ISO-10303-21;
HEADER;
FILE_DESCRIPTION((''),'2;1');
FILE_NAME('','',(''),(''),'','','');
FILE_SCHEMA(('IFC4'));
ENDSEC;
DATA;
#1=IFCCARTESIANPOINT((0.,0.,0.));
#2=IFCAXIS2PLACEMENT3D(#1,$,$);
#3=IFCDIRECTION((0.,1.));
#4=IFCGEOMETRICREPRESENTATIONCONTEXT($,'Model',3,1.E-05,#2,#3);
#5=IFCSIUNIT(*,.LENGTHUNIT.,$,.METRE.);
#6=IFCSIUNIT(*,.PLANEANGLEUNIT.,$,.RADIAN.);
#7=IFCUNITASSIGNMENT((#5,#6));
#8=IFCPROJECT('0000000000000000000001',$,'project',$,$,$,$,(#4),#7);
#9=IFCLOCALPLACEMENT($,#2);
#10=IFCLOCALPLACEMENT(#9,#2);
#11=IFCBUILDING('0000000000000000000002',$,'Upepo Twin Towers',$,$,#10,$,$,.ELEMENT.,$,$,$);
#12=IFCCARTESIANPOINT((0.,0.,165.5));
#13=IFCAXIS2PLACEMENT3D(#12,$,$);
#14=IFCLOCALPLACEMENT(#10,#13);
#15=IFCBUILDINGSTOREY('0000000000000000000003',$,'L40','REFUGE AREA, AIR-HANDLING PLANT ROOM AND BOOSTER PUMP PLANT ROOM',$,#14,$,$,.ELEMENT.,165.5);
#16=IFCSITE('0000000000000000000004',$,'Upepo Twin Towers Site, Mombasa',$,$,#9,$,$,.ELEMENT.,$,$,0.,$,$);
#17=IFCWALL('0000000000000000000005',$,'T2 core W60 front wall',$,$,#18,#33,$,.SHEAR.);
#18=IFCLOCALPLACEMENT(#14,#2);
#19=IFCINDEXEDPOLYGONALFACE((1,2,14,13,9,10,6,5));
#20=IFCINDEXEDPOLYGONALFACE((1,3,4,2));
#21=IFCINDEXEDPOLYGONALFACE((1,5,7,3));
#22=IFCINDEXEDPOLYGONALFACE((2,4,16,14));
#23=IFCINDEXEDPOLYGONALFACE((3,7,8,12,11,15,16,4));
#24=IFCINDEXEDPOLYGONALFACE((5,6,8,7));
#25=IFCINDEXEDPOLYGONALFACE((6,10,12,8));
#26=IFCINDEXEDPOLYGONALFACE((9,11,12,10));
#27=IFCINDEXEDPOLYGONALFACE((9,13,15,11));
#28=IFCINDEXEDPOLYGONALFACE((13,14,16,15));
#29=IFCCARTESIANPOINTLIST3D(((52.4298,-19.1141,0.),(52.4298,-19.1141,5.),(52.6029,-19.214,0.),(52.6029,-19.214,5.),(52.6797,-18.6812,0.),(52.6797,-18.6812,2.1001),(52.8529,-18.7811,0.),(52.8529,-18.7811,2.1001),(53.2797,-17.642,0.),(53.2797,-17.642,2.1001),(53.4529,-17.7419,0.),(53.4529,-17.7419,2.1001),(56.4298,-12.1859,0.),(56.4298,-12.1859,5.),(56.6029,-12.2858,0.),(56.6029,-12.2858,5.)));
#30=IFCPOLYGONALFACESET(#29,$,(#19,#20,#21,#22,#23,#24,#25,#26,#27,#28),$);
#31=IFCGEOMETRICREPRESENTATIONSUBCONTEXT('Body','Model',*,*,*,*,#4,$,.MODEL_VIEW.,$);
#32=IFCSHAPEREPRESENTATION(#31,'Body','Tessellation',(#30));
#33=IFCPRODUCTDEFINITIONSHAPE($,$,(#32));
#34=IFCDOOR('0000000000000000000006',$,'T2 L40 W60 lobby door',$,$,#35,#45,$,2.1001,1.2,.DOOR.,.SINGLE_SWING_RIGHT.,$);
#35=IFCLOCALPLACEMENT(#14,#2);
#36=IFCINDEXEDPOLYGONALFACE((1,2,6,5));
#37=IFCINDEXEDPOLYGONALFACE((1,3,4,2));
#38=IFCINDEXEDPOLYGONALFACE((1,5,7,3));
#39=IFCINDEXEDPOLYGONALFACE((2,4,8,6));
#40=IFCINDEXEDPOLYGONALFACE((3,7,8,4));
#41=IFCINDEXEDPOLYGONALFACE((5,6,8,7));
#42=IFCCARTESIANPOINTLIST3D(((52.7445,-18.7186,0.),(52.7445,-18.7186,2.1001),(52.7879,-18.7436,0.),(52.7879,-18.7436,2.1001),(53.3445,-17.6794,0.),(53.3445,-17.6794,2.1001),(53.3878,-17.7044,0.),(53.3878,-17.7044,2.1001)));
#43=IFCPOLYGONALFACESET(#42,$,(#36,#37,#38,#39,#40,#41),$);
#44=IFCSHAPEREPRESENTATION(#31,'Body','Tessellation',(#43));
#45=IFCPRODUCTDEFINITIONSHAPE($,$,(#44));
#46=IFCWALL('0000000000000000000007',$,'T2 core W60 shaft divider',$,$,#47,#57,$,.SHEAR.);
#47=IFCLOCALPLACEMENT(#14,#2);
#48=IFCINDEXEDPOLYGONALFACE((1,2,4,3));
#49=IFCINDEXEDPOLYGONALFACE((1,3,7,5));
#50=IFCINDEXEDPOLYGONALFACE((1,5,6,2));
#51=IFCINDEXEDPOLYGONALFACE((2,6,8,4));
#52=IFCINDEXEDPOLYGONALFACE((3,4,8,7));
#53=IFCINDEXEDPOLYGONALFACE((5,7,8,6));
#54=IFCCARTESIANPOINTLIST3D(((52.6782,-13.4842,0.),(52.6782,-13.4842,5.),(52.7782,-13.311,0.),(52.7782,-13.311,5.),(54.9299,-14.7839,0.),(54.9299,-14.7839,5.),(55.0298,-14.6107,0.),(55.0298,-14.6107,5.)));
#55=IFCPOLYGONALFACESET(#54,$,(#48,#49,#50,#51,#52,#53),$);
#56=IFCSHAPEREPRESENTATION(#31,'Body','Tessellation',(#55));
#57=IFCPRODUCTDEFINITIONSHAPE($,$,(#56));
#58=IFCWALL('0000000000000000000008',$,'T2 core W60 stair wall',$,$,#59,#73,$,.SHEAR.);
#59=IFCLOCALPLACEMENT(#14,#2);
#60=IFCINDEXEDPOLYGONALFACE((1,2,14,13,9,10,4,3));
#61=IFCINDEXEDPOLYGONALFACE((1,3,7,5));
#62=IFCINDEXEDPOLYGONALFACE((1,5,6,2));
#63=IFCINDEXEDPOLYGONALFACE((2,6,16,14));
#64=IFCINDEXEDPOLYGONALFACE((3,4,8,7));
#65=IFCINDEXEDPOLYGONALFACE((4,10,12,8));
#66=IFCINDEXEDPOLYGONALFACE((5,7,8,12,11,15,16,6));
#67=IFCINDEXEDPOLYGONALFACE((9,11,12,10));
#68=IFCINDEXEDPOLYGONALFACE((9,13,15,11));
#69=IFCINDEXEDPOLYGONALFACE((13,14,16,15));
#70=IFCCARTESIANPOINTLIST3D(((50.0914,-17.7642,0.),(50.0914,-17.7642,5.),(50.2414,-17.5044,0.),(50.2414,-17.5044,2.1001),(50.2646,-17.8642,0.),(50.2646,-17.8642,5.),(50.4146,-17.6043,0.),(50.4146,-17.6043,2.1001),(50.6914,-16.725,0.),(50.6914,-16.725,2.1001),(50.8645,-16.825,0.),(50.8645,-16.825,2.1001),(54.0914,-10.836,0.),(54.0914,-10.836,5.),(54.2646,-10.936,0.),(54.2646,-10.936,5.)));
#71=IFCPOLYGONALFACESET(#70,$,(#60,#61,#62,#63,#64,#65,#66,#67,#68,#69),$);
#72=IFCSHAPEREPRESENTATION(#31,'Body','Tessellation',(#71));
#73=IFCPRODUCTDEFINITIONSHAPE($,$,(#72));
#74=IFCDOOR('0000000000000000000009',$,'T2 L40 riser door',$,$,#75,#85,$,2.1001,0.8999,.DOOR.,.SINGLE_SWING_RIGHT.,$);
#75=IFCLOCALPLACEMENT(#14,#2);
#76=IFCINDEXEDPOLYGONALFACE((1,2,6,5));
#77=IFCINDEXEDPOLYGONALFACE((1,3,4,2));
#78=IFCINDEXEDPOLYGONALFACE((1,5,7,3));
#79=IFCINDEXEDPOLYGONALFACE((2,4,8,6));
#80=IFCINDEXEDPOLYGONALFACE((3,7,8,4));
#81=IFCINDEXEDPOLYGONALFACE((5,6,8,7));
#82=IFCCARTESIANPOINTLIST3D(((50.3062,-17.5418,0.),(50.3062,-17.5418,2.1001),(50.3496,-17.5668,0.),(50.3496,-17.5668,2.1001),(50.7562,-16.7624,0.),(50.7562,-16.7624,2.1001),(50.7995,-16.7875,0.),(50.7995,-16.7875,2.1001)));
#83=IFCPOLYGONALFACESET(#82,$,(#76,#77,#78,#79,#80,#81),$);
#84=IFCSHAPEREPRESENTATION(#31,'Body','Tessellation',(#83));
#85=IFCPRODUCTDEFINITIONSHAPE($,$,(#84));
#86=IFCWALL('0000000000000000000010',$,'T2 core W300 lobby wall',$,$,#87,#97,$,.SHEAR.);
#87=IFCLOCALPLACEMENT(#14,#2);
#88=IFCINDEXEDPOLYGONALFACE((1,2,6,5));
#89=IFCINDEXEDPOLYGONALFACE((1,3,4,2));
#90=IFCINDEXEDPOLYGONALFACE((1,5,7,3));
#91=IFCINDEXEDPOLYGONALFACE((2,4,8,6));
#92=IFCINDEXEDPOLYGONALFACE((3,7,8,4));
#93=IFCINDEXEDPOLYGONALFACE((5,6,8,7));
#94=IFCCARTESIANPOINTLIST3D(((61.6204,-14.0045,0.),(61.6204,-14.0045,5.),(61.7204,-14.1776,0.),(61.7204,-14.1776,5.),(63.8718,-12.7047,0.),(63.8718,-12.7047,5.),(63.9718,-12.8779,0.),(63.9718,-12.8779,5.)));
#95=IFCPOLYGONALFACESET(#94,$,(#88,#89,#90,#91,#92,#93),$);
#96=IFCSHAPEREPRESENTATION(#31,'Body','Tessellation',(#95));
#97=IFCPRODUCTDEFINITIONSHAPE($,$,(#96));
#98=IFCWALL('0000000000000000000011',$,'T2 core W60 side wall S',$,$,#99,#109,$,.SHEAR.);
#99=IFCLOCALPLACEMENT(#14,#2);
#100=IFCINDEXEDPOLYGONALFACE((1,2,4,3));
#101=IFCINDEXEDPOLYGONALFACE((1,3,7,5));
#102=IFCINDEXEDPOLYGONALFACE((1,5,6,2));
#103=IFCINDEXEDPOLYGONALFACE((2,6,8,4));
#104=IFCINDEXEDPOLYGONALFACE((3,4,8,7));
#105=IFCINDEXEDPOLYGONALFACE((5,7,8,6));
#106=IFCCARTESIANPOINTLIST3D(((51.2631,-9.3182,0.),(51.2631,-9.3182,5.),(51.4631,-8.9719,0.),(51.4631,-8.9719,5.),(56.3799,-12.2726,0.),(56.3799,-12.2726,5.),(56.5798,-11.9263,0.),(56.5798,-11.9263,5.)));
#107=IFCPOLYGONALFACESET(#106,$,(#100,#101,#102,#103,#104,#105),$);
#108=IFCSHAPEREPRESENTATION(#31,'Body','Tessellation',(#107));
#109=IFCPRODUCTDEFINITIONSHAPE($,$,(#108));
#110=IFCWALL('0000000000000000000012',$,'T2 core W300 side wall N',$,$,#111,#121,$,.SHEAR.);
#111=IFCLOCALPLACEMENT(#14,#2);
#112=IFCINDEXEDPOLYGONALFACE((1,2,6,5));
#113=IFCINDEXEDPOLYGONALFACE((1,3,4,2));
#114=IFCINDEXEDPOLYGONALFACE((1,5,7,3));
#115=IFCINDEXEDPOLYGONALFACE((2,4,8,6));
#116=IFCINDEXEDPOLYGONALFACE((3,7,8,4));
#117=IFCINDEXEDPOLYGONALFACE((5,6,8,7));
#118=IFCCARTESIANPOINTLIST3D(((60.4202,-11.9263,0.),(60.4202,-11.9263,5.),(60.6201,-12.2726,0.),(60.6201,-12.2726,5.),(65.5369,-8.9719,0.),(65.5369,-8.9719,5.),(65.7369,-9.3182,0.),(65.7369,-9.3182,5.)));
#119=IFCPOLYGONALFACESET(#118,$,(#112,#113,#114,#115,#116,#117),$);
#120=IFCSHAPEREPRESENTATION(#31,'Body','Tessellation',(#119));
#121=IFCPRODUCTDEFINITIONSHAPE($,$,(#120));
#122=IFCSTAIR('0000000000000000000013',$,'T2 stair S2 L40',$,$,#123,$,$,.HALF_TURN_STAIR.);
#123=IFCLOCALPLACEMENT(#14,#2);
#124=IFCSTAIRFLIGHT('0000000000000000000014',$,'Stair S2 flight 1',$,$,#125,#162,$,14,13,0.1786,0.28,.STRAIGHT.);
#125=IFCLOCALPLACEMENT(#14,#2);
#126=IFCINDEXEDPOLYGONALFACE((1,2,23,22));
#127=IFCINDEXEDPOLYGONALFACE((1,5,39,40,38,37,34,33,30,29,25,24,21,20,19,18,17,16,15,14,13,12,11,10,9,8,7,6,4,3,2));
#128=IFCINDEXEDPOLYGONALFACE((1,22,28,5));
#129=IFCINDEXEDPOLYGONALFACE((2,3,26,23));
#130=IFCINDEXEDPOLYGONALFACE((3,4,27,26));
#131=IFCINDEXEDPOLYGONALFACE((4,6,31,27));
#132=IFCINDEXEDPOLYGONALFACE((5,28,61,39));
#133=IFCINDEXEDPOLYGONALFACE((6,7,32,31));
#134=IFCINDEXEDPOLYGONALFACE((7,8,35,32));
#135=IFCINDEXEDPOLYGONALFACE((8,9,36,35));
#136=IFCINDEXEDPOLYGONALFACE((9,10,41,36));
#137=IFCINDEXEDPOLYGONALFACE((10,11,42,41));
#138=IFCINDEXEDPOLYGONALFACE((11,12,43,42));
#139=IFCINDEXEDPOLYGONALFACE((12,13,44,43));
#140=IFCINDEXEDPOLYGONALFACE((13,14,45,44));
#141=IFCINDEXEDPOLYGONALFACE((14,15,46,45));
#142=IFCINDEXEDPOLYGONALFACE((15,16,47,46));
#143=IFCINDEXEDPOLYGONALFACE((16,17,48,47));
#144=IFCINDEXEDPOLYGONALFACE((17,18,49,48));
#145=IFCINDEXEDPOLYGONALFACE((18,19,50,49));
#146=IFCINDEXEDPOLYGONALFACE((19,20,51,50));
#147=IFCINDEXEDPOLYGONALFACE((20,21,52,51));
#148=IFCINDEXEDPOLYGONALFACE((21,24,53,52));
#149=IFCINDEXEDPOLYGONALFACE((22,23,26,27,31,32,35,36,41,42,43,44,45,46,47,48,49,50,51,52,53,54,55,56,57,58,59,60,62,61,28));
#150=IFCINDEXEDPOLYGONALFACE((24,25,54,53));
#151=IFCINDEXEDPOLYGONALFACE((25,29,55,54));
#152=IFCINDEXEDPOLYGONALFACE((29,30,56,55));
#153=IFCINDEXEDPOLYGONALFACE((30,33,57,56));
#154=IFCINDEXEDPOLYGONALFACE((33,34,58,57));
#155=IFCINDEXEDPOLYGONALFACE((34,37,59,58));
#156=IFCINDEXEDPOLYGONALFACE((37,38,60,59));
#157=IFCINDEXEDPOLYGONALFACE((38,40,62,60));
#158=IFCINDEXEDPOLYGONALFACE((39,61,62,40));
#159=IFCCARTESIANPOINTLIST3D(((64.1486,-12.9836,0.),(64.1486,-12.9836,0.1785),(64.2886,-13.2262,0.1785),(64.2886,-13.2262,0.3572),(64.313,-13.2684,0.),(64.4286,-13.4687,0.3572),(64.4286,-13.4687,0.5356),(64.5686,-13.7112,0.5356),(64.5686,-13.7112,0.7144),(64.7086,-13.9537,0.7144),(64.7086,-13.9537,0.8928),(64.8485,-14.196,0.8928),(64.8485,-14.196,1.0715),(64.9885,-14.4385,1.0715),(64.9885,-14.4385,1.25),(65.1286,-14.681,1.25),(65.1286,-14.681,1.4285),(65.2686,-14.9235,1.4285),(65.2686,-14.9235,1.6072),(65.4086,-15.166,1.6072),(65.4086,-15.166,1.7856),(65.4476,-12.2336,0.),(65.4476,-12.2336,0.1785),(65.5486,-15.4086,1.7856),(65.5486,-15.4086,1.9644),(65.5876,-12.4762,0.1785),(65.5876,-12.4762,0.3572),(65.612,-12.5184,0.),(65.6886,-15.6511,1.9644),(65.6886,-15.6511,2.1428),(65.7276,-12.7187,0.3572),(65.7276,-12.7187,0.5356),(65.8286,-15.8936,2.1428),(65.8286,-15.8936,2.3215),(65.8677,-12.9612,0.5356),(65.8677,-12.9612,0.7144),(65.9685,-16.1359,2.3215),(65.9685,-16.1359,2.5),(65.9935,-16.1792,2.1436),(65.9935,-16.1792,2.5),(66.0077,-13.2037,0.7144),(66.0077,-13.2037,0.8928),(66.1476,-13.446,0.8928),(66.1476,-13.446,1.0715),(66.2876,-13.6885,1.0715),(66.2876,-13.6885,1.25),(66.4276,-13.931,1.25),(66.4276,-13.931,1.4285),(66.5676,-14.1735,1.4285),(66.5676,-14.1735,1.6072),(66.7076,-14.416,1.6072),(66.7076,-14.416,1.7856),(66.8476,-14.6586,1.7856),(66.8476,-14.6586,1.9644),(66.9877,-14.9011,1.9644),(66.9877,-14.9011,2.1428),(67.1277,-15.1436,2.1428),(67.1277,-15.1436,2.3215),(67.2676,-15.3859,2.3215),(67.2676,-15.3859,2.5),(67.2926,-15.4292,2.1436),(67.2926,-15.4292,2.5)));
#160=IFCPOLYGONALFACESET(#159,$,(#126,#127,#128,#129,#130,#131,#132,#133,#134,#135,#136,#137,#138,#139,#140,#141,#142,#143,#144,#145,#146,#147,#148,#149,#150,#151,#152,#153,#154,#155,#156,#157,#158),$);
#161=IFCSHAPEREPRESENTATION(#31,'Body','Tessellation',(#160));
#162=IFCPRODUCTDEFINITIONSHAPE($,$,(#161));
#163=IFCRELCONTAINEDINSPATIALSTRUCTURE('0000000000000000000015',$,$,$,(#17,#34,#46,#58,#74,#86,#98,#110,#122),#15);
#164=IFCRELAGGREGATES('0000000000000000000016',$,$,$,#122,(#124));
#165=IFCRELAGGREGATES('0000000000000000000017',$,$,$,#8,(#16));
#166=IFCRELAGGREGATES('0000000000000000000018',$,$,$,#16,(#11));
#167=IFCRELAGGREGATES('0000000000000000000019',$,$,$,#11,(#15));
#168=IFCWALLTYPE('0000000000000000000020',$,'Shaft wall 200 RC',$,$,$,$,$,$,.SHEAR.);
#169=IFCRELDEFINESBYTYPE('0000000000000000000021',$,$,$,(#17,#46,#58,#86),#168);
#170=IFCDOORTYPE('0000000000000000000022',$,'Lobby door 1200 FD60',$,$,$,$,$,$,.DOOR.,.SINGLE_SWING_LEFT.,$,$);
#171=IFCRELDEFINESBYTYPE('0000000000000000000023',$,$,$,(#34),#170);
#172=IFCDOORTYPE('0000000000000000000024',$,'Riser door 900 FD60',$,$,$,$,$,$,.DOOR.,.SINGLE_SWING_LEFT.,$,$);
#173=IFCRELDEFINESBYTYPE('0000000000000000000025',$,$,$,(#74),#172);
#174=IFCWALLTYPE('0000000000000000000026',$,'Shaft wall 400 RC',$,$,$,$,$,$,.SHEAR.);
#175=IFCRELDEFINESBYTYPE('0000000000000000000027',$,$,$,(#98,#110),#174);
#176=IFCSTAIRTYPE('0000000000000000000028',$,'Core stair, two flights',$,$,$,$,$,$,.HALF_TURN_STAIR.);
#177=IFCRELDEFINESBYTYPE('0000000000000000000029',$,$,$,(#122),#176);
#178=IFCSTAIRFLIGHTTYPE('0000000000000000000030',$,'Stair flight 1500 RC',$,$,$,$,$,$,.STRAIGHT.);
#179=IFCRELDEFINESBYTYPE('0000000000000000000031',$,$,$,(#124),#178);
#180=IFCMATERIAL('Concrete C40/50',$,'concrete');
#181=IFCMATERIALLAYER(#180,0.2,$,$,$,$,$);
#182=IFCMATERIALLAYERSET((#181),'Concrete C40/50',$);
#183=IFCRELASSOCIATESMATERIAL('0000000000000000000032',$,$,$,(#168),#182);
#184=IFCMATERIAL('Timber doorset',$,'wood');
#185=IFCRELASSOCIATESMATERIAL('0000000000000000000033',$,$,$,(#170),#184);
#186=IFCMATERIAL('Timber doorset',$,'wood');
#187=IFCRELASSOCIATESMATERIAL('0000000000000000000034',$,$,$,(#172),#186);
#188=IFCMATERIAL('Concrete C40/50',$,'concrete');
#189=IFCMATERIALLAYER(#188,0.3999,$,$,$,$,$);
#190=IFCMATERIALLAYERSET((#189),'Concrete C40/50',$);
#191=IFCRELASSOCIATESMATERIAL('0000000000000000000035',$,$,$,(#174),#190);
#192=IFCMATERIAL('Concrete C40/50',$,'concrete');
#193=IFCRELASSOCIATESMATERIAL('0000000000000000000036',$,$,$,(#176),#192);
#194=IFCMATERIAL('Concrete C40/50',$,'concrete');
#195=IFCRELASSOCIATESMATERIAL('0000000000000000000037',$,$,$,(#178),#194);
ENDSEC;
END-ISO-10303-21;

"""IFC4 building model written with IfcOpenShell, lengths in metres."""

from ifc_helpers import new_model, si_unit, direction, frame, frame_2d, origin, place, context, subcontext, project, spatial, polyline, rectangle, outline, extrude, material, layer, layer_set, type_object, element, fill, aggregate, save


model = new_model("IFC4")

# Units and contexts
model_context = context("Model", 3, precision=1e-05, world=origin(), true_north=direction((0.0, 1.0)))
body_context = subcontext(model_context, "Body", "Model", "MODEL_VIEW")
ifc_project = project(units=[si_unit("LENGTHUNIT", "METRE"), si_unit("PLANEANGLEUNIT", "RADIAN")], contexts=[model_context])

# Site, building, storey
site_placement = place(None, origin())
site = spatial("IfcSite", under=ifc_project, at=site_placement, Name="Upepo Twin Towers Site, Mombasa", CompositionType="ELEMENT", RefElevation=0.0)
building_placement = place(site_placement, origin())
building = spatial("IfcBuilding", under=site, at=building_placement, Name="Upepo Twin Towers", CompositionType="ELEMENT")
storey_placement = place(building_placement, frame((0.0, 0.0, 165.5)))
storey = spatial("IfcBuildingStorey", under=building, at=storey_placement, Name="L40", Description="REFUGE AREA, AIR-HANDLING PLANT ROOM AND BOOSTER PUMP PLANT ROOM", CompositionType="ELEMENT", Elevation=165.5)

# Wall, opening, door
ifc_material_1 = material(Name="Concrete C40/50", Category="concrete")
ifc_layer_1 = layer(ifc_material_1, 0.2)
ifc_layer_set_1 = layer_set([ifc_layer_1], Name="Concrete C40/50")
wall_type_1 = type_object("IfcWallType", Name="Shaft wall 200 RC", PredefinedType="SHEAR", material=ifc_layer_set_1)
wall_1_placement = place(storey_placement, frame((56.5164, -12.2358, 0.0), z_axis=(0.0, 0.0, 1.0), x_axis=(-0.499999, -0.866026, 0.0)))
wall_1 = element("IfcWall", 1, at=wall_1_placement, inside=storey, type_object=wall_type_1, Name="T2 core W60 front wall", PredefinedType="SHEAR", context=body_context, shape_type="SweptSolid", body=[
    extrude(rectangle(XDim=8.0, YDim=0.2, at=frame_2d((4.0, 0.0))), origin(), (0.0, 0.0, 1.0), 5.0),
])
opening_1_placement = place(wall_1_placement, frame((6.3, 0.0, 0.0)))
opening_1 = element("IfcOpeningElement", 2, at=opening_1_placement, cuts=wall_1, PredefinedType="OPENING", context=body_context, shape_type="SweptSolid", body=[
    extrude(rectangle(XDim=1.2, YDim=2.1001, at=frame_2d((0.6001, 1.05))), frame((0.0, 0.1099, 0.0), z_axis=(0.0, -1.0, 0.0), x_axis=(1.0, 0.0, 0.0)), (0.0, 0.0, 1.0), 0.22),
])
ifc_material_2 = material(Name="Timber doorset", Category="wood")
door_type_1 = type_object("IfcDoorType", Name="Lobby door 1200 FD60", OperationType="SINGLE_SWING_LEFT", PredefinedType="DOOR", material=ifc_material_2)
door_1_placement = place(opening_1_placement, origin())
door_1 = element("IfcDoor", 3, at=door_1_placement, inside=storey, type_object=door_type_1, Name="T2 L40 W60 lobby door", OperationType="SINGLE_SWING_RIGHT", OverallHeight=2.1001, OverallWidth=1.2, PredefinedType="DOOR", context=body_context, shape_type="SweptSolid", body=[
    extrude(rectangle(XDim=1.2, YDim=2.1001, at=frame_2d((0.6001, 1.05))), frame((0.0, 0.0249, 0.0), z_axis=(0.0, -1.0, 0.0), x_axis=(1.0, 0.0, 0.0)), (0.0, 0.0, 1.0), 0.05),
])
fill(opening_1, door_1)

# Wall
wall_2_placement = place(storey_placement, frame((54.9797, -14.6973, 0.0), z_axis=(0.0, 0.0, 1.0), x_axis=(-0.866062, 0.499937, 0.0)))
element("IfcWall", 4, at=wall_2_placement, inside=storey, type_object=wall_type_1, Name="T2 core W60 shaft divider", PredefinedType="SHEAR", context=body_context, shape_type="SweptSolid", body=[
    extrude(rectangle(XDim=2.5999, YDim=0.2, at=frame_2d((1.2998, 0.0))), origin(), (0.0, 0.0, 1.0), 5.0),
])

# Wall, opening, door
wall_3_placement = place(storey_placement, frame((54.178, -10.886, 0.0), z_axis=(0.0, 0.0, 1.0), x_axis=(-0.499999, -0.866026, 0.0)))
wall_3 = element("IfcWall", 5, at=wall_3_placement, inside=storey, type_object=wall_type_1, Name="T2 core W60 stair wall", PredefinedType="SHEAR", context=body_context, shape_type="SweptSolid", body=[
    extrude(rectangle(XDim=8.0, YDim=0.2, at=frame_2d((4.0, 0.0))), origin(), (0.0, 0.0, 1.0), 5.0),
])
opening_2_placement = place(wall_3_placement, frame((6.8, 0.0, 0.0)))
opening_2 = element("IfcOpeningElement", 6, at=opening_2_placement, cuts=wall_3, PredefinedType="OPENING", context=body_context, shape_type="SweptSolid", body=[
    extrude(rectangle(XDim=0.8999, YDim=2.1001, at=frame_2d((0.45, 1.05))), frame((0.0, 0.1099, 0.0), z_axis=(0.0, -1.0, 0.0), x_axis=(1.0, 0.0, 0.0)), (0.0, 0.0, 1.0), 0.22),
])
ifc_material_3 = material(Name="Timber doorset", Category="wood")
door_type_2 = type_object("IfcDoorType", Name="Riser door 900 FD60", OperationType="SINGLE_SWING_LEFT", PredefinedType="DOOR", material=ifc_material_3)
door_2_placement = place(opening_2_placement, origin())
door_2 = element("IfcDoor", 7, at=door_2_placement, inside=storey, type_object=door_type_2, Name="T2 L40 riser door", OperationType="SINGLE_SWING_RIGHT", OverallHeight=2.1001, OverallWidth=0.8999, PredefinedType="DOOR", context=body_context, shape_type="SweptSolid", body=[
    extrude(rectangle(XDim=0.8999, YDim=2.1001, at=frame_2d((0.45, 1.05))), frame((0.0, 0.0249, 0.0), z_axis=(0.0, -1.0, 0.0), x_axis=(1.0, 0.0, 0.0)), (0.0, 0.0, 1.0), 0.05),
])
fill(opening_2, door_2)

# Walls
wall_4_placement = place(storey_placement, frame((61.6704, -14.0911, 0.0), z_axis=(0.0, 0.0, 1.0), x_axis=(0.866039, 0.499977, 0.0)))
element("IfcWall", 8, at=wall_4_placement, inside=storey, type_object=wall_type_1, Name="T2 core W300 lobby wall", PredefinedType="SHEAR", context=body_context, shape_type="SweptSolid", body=[
    extrude(rectangle(XDim=2.5996, YDim=0.2, at=frame_2d((1.2998, 0.0))), origin(), (0.0, 0.0, 1.0), 5.0),
])
ifc_material_4 = material(Name="Concrete C40/50", Category="concrete")
ifc_layer_2 = layer(ifc_material_4, 0.3999)
ifc_layer_set_2 = layer_set([ifc_layer_2], Name="Concrete C40/50")
wall_type_2 = type_object("IfcWallType", Name="Shaft wall 400 RC", PredefinedType="SHEAR", material=ifc_layer_set_2)
for number, where, z_axis, x_axis, name in (
    (9, (56.4797, -12.0994, 0.0), (0.0, 0.0, 1.0), (-0.866009, 0.500028, 0.0), "T2 core W60 side wall S"),
    (10, (60.5203, -12.0994, 0.0), (0.0, 0.0, 1.0), (0.866009, 0.500028, 0.0), "T2 core W300 side wall N"),
):
    element("IfcWall", number, at=place(storey_placement, frame(where, z_axis=z_axis, x_axis=x_axis)), inside=storey, type_object=wall_type_2, Name=name, PredefinedType="SHEAR", context=body_context, shape_type="SweptSolid", body=[
        extrude(rectangle(XDim=5.9084, YDim=0.3999, at=frame_2d((2.9541, 0.0))), origin(), (0.0, 0.0, 1.0), 5.0),
    ])

# Stair, stair flight
ifc_material_5 = material(Name="Concrete C40/50", Category="concrete")
stair_type = type_object("IfcStairType", Name="Core stair, two flights", PredefinedType="HALF_TURN_STAIR", material=ifc_material_5)
stair_placement = place(storey_placement, origin())
stair = element("IfcStair", 11, at=stair_placement, inside=storey, type_object=stair_type, Name="T2 stair S2 L40", PredefinedType="HALF_TURN_STAIR")
ifc_material_6 = material(Name="Concrete C40/50", Category="concrete")
stair_flight_type = type_object("IfcStairFlightType", Name="Stair flight 1500 RC", PredefinedType="STRAIGHT", material=ifc_material_6)
stair_flight_1_placement = place(storey_placement, frame((64.7981, -12.6086, 0.0), z_axis=(0.0, 0.0, 1.0), x_axis=(0.5, -0.866025, 0.0)))
stair_flight_1 = element("IfcStairFlight", 12, at=stair_flight_1_placement, type_object=stair_flight_type, Name="Stair S2 flight 1", NumberOfRisers=14, NumberOfTreads=13, PredefinedType="STRAIGHT", RiserHeight=0.1786, TreadLength=0.28, context=body_context, shape_type="SweptSolid", body=[
    extrude(outline(polyline([(0.0, 0.0), (0.0, 0.1785), (0.28, 0.1785), (0.28, 0.3572), (0.5601, 0.3572), (0.5601, 0.5356), (0.8401, 0.5356), (0.8401, 0.7144), (1.1201, 0.7144), (1.1201, 0.8928), (1.3999, 0.8928), (1.3999, 1.0715), (1.6799, 1.0715), (1.6799, 1.25), (1.96, 1.25), (1.96, 1.4285), (2.24, 1.4285), (2.24, 1.6072), (2.52, 1.6072), (2.52, 1.7856), (2.8, 1.7856), (2.8, 1.9644), (3.0801, 1.9644), (3.0801, 2.1428), (3.3601, 2.1428), (3.3601, 2.3215), (3.6399, 2.3215), (3.6399, 2.5), (3.6899, 2.5), (3.6899, 2.1436), (0.3289, 0.0), (0.0, 0.0)])), frame((0.0, 0.75, 0.0), z_axis=(0.0, -1.0, 0.0), x_axis=(1.0, 0.0, 0.0)), (0.0, 0.0, 1.0), 1.5),
])
aggregate(stair, [stair_flight_1])

save(model, "model.ifc")
